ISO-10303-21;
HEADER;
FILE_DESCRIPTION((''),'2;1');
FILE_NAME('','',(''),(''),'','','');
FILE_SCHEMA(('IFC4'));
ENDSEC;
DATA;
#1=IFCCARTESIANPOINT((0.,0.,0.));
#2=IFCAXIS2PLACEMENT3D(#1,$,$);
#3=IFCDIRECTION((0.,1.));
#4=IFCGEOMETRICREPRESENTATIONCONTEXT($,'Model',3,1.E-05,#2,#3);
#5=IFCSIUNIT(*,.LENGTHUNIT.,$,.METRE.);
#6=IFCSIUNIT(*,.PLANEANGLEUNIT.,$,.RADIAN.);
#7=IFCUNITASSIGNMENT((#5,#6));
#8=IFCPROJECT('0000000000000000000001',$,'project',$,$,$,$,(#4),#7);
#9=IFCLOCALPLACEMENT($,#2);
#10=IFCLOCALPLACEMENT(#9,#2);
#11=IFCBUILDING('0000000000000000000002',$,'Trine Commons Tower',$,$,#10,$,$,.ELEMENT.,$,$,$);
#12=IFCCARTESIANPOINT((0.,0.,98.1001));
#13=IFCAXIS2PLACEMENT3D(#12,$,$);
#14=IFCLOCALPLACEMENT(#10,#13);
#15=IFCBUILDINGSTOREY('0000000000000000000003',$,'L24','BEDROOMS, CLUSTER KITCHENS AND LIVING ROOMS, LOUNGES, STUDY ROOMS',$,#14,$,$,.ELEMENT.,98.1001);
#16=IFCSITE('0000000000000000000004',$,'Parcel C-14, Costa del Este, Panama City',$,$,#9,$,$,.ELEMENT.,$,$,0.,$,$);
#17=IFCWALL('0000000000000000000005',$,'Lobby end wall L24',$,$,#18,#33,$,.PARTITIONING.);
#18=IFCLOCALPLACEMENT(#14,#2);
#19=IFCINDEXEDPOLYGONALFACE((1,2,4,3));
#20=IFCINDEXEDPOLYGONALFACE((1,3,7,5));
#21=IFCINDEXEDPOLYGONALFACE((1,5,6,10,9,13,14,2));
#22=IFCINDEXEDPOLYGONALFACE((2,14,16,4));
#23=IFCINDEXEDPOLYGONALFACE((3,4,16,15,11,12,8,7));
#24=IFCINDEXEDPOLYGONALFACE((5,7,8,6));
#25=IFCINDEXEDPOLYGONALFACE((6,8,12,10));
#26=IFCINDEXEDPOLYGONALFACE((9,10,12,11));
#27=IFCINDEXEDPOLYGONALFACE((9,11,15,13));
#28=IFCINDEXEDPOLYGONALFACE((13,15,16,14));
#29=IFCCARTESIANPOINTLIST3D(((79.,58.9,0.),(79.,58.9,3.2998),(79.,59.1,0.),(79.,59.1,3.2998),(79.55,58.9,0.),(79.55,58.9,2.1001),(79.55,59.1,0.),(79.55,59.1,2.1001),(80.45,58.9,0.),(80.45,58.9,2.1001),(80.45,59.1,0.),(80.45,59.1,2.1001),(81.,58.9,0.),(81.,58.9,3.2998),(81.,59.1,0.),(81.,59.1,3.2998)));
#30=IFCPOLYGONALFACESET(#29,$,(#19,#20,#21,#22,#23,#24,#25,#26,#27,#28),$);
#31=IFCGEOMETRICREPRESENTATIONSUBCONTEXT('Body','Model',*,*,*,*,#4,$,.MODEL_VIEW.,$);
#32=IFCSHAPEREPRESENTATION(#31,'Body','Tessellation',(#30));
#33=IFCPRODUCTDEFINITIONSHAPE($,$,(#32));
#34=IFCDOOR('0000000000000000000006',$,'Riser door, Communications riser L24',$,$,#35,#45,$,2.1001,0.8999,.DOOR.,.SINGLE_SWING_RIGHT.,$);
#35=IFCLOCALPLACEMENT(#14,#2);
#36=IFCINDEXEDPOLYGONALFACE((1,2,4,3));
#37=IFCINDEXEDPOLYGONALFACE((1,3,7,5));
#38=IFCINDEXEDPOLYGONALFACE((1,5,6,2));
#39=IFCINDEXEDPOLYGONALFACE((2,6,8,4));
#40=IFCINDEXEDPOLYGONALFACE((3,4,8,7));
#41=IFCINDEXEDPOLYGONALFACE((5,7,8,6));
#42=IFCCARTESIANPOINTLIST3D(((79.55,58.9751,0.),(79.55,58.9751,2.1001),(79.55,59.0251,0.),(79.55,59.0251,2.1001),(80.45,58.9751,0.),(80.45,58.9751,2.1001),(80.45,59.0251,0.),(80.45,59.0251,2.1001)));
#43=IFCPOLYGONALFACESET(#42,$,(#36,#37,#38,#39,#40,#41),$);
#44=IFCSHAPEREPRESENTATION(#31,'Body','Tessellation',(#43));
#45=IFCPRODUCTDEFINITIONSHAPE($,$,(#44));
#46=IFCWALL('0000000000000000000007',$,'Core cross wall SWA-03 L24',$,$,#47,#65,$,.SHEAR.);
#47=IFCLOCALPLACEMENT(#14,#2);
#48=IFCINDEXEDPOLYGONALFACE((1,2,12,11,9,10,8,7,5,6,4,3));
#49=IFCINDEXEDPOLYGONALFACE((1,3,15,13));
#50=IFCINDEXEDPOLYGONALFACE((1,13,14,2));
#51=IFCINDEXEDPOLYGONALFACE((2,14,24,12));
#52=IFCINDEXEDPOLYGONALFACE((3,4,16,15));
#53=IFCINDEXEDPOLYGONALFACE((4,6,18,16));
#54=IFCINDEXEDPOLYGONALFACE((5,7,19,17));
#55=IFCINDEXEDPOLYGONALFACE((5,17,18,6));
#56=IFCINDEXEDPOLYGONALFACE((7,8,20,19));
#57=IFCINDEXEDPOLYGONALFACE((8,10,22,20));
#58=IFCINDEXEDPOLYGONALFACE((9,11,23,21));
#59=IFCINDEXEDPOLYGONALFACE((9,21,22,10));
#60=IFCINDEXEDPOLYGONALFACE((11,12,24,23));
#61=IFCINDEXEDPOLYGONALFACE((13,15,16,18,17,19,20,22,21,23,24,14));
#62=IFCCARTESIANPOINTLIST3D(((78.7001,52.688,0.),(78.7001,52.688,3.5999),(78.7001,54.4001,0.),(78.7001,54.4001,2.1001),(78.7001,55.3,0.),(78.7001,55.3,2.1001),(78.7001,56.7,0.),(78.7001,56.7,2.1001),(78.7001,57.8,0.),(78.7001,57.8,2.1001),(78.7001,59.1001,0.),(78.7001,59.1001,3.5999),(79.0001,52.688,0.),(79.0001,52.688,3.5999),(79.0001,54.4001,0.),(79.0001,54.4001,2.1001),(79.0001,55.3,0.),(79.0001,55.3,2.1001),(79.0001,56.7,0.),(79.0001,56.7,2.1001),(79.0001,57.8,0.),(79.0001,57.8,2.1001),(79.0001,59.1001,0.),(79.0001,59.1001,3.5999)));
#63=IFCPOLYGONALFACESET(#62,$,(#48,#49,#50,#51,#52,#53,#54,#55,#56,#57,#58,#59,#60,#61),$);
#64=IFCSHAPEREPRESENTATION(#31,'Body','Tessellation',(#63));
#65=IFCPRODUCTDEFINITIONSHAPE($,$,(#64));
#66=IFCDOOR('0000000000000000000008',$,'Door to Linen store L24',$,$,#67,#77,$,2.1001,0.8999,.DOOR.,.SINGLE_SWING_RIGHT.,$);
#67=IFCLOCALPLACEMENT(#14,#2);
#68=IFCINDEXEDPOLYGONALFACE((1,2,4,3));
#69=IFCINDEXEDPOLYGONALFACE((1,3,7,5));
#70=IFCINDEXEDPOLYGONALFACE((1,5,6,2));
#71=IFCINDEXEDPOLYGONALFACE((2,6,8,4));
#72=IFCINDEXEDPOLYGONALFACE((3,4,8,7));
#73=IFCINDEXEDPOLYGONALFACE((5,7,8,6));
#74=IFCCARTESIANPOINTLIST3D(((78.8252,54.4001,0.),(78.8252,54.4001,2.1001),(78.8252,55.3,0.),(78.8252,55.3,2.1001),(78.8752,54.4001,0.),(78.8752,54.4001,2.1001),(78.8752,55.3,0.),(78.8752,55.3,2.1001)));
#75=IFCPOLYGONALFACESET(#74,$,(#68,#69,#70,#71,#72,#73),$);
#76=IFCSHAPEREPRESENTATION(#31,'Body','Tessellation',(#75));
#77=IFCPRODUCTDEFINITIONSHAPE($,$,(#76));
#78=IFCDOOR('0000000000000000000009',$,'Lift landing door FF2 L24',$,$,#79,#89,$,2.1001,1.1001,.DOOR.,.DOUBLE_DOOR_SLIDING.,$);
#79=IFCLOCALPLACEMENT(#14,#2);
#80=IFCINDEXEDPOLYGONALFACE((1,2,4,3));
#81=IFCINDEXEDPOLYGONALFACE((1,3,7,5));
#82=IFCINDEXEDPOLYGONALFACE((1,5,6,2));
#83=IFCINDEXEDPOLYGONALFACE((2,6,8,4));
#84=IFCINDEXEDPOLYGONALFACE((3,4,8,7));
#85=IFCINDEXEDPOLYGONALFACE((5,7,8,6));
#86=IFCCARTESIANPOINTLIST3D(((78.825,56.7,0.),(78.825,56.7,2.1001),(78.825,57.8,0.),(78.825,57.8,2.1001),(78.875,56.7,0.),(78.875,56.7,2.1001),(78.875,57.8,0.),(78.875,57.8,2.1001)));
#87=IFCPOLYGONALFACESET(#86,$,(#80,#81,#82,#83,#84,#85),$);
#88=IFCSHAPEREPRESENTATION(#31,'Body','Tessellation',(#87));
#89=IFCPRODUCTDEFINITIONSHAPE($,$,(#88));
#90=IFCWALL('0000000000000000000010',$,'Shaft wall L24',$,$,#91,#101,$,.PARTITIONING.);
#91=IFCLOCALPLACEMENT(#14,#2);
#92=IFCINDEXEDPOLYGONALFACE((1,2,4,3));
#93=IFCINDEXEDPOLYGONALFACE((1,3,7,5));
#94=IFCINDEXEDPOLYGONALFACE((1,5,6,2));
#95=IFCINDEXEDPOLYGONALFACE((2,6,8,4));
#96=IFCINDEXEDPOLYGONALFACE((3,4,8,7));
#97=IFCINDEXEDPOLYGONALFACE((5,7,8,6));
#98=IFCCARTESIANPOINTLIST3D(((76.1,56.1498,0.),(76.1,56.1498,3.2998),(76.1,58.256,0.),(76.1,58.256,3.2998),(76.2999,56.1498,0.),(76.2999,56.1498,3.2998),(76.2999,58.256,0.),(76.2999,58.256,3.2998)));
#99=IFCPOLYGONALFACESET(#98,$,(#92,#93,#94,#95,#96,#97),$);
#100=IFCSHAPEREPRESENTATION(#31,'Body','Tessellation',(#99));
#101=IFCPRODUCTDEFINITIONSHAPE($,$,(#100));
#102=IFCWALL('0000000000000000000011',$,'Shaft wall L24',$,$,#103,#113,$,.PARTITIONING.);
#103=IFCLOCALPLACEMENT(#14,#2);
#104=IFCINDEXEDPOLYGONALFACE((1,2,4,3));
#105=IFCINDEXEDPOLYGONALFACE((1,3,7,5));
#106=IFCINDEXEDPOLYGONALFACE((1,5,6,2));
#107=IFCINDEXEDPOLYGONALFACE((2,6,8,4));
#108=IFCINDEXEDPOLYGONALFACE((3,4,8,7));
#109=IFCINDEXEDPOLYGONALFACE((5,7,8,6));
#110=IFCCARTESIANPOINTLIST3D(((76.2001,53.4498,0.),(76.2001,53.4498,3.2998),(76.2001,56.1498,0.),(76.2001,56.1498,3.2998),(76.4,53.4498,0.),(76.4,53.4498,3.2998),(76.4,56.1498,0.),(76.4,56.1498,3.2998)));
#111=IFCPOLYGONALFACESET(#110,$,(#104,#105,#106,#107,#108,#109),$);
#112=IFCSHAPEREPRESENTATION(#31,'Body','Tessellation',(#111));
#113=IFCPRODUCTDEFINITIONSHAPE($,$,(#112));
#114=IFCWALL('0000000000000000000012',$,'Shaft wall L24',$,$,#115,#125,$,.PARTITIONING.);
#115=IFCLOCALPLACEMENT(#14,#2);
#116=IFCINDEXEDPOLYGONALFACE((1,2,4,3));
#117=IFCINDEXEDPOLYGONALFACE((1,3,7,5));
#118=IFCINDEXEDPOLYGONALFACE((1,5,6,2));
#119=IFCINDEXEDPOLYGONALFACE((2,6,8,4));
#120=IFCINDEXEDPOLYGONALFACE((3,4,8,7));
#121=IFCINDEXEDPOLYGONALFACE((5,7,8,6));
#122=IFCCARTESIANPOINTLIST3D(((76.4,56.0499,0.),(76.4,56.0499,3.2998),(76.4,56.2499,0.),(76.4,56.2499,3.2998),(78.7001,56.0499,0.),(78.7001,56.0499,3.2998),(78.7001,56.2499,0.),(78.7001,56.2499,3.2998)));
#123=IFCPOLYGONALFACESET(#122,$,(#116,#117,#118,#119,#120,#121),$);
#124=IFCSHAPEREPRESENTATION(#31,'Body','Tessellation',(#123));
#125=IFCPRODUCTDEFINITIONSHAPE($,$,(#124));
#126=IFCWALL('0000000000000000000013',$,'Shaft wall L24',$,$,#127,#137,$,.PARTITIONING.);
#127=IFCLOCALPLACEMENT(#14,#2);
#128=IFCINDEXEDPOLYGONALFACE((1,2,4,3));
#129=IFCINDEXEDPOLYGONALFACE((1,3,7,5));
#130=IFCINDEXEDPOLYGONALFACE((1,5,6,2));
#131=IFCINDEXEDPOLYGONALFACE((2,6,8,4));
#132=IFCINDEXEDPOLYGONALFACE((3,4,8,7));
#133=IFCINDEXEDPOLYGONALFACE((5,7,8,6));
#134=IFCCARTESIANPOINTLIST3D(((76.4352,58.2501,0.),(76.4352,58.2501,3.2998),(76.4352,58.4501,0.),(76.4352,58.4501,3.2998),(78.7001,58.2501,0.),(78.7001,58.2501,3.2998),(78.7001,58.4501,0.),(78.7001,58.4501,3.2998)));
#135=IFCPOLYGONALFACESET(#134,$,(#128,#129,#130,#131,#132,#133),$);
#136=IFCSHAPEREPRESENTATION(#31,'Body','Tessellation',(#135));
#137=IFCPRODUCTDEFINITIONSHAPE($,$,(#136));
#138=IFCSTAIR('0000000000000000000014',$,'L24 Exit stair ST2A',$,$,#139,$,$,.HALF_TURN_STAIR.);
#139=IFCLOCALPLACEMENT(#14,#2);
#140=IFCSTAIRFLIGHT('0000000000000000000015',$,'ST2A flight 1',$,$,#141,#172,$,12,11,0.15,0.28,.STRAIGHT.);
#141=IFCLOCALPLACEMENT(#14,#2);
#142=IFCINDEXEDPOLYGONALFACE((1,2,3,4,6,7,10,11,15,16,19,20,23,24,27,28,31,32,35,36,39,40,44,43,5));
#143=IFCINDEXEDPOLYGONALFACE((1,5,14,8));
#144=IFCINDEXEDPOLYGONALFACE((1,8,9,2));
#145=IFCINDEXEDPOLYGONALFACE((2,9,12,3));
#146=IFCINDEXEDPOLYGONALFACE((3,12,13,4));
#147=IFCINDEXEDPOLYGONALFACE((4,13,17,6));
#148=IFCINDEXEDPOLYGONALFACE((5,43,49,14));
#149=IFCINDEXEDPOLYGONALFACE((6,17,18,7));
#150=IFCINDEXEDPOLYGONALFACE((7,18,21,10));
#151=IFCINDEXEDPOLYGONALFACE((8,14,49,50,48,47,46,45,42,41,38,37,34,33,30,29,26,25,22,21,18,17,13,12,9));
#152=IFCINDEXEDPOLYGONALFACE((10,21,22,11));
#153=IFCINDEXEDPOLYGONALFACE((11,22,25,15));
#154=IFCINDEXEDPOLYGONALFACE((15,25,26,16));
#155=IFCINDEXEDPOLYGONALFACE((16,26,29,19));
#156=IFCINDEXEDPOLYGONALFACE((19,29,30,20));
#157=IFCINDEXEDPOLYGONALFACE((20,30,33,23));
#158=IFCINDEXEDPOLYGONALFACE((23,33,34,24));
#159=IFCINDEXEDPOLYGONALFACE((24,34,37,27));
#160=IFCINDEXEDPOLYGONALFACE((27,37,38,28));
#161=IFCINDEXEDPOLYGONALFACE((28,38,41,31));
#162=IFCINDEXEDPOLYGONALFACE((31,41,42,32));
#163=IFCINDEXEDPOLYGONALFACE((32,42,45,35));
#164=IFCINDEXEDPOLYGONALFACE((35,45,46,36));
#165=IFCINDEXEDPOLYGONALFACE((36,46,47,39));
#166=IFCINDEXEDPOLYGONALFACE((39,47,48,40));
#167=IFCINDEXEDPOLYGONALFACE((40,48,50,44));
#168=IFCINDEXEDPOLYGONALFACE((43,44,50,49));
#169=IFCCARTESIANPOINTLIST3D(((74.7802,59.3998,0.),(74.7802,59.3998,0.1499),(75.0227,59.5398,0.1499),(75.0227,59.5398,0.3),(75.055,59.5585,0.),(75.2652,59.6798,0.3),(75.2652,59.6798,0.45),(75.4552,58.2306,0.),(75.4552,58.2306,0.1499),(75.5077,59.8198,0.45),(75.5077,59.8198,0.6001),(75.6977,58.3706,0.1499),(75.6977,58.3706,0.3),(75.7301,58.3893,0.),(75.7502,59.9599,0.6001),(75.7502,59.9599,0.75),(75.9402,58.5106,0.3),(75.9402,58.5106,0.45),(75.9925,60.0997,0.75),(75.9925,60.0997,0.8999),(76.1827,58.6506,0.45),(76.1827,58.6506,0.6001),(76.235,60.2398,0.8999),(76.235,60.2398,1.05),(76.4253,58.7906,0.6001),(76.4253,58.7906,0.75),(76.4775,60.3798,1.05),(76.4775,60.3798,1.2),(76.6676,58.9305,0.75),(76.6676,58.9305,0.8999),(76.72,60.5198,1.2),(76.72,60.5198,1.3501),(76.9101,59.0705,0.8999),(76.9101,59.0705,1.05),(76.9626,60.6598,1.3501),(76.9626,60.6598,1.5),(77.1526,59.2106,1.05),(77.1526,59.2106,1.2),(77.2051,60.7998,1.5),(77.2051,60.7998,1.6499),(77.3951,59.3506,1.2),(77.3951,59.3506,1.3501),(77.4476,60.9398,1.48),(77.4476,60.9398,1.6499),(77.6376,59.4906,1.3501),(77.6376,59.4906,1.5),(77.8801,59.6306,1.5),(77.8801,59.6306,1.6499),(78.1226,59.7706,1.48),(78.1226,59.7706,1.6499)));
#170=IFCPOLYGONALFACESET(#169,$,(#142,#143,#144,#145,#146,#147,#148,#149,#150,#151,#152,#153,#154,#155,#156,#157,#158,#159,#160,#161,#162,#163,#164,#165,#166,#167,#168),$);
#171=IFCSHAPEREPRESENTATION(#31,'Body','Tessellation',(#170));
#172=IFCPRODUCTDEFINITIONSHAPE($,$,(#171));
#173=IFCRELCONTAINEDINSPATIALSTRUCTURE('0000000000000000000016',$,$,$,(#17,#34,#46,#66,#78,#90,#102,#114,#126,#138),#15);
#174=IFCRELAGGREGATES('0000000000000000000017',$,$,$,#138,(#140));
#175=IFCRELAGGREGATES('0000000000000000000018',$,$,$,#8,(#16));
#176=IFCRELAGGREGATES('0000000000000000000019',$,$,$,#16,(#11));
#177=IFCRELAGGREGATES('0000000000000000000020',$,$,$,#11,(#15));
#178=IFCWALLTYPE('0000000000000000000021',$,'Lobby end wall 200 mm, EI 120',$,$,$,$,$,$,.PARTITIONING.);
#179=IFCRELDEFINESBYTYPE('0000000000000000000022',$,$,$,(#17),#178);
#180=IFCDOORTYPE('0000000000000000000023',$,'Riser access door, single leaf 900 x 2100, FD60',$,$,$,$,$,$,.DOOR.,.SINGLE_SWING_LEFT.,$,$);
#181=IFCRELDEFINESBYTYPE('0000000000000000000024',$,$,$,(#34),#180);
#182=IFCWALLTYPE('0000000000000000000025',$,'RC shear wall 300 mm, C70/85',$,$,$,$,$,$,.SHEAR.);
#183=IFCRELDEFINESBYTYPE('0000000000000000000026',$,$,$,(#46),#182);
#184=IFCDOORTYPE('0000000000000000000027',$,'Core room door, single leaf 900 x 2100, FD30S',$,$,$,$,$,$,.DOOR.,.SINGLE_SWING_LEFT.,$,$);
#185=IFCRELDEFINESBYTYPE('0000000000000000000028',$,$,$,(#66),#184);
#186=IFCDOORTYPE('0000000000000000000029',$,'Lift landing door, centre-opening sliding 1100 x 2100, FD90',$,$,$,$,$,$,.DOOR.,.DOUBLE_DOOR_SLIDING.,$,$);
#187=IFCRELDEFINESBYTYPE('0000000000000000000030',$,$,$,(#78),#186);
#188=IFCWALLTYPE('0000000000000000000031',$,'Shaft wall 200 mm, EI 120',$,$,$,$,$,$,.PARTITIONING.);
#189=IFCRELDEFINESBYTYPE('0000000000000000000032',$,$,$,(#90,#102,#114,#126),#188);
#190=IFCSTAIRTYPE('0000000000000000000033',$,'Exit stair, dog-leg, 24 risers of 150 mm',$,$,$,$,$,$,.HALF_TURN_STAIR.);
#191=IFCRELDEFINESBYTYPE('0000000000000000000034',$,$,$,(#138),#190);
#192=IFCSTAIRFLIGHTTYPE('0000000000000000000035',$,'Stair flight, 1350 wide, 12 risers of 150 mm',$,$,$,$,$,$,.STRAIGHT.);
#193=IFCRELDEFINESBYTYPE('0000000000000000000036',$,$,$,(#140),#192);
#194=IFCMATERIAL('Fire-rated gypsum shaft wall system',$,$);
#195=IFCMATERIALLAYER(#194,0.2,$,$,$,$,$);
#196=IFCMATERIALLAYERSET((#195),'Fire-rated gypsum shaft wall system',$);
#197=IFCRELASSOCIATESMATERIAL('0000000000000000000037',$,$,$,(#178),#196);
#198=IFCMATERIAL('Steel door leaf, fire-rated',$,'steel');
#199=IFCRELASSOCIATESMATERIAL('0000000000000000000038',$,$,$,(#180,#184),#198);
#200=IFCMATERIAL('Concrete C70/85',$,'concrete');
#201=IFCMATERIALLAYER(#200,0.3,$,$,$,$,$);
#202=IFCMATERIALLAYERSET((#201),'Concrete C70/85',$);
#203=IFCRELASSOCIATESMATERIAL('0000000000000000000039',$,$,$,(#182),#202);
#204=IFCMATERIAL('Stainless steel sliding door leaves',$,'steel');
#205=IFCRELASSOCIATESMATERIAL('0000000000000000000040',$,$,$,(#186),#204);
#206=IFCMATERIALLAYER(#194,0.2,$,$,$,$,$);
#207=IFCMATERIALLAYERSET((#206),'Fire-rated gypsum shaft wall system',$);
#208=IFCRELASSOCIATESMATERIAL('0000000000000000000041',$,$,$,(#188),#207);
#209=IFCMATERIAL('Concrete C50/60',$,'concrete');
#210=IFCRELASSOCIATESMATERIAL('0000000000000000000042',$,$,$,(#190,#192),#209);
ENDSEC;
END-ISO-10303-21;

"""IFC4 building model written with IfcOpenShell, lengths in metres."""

from ifc_helpers import new_model, si_unit, direction, frame, frame_2d, origin, place, context, subcontext, project, spatial, polyline, rectangle, outline, extrude, material, layer, layer_set, type_object, element, fill, aggregate, save


model = new_model("IFC4")

# Units and contexts
model_context = context("Model", 3, precision=1e-05, world=origin(), true_north=direction((0.0, 1.0)))
body_context = subcontext(model_context, "Body", "Model", "MODEL_VIEW")
ifc_project = project(units=[si_unit("LENGTHUNIT", "METRE"), si_unit("PLANEANGLEUNIT", "RADIAN")], contexts=[model_context])

# Site, building, storey
site_placement = place(None, origin())
site = spatial("IfcSite", under=ifc_project, at=site_placement, Name="Parcel C-14, Costa del Este, Panama City", CompositionType="ELEMENT", RefElevation=0.0)
building_placement = place(site_placement, origin())
building = spatial("IfcBuilding", under=site, at=building_placement, Name="Trine Commons Tower", CompositionType="ELEMENT")
storey_placement = place(building_placement, frame((0.0, 0.0, 98.1001)))
storey = spatial("IfcBuildingStorey", under=building, at=storey_placement, Name="L24", Description="BEDROOMS, CLUSTER KITCHENS AND LIVING ROOMS, LOUNGES, STUDY ROOMS", CompositionType="ELEMENT", Elevation=98.1001)

# Wall, opening, door
ifc_material_1 = material(Name="Fire-rated gypsum shaft wall system")
ifc_layer_1 = layer(ifc_material_1, 0.2)
ifc_layer_set_1 = layer_set([ifc_layer_1], Name="Fire-rated gypsum shaft wall system")
wall_type_1 = type_object("IfcWallType", Name="Lobby end wall 200 mm, EI 120", PredefinedType="PARTITIONING", material=ifc_layer_set_1)
wall_1_placement = place(storey_placement, frame((79.0, 59.0, 0.0), z_axis=(0.0, 0.0, 1.0), x_axis=(1.0, 0.0, 0.0)))
wall_1 = element("IfcWall", 1, at=wall_1_placement, inside=storey, type_object=wall_type_1, Name="Lobby end wall L24", PredefinedType="PARTITIONING", context=body_context, shape_type="SweptSolid", body=[
    extrude(rectangle(XDim=2.0, YDim=0.2, at=frame_2d((1.0, 0.0))), origin(), (0.0, 0.0, 1.0), 3.2998),
])
opening_1_placement = place(wall_1_placement, frame((0.55, 0.0, 0.0)))
opening_1 = element("IfcOpeningElement", 2, at=opening_1_placement, cuts=wall_1, PredefinedType="OPENING", context=body_context, shape_type="SweptSolid", body=[
    extrude(rectangle(XDim=0.8999, YDim=2.1001, at=frame_2d((0.45, 1.05))), frame((0.0, 0.1099, 0.0), z_axis=(0.0, -1.0, 0.0), x_axis=(1.0, 0.0, 0.0)), (0.0, 0.0, 1.0), 0.22),
])
ifc_material_2 = material(Name="Steel door leaf, fire-rated", Category="steel")
door_type_1 = type_object("IfcDoorType", Name="Riser access door, single leaf 900 x 2100, FD60", OperationType="SINGLE_SWING_LEFT", PredefinedType="DOOR", material=ifc_material_2)
door_1_placement = place(opening_1_placement, frame((0.8999, 0.0, 0.0), z_axis=(0.0, 0.0, 1.0), x_axis=(-1.0, 0.0, 0.0)))
door_1 = element("IfcDoor", 3, at=door_1_placement, inside=storey, type_object=door_type_1, Name="Riser door, Communications riser L24", OperationType="SINGLE_SWING_RIGHT", OverallHeight=2.1001, OverallWidth=0.8999, PredefinedType="DOOR", context=body_context, shape_type="SweptSolid", body=[
    extrude(rectangle(XDim=0.8999, YDim=2.1001, at=frame_2d((0.45, 1.05))), frame((0.0, 0.0249, 0.0), z_axis=(0.0, -1.0, 0.0), x_axis=(1.0, 0.0, 0.0)), (0.0, 0.0, 1.0), 0.05),
])
fill(opening_1, door_1)

# Wall, openings, doors
ifc_material_3 = material(Name="Concrete C70/85", Category="concrete")
ifc_layer_2 = layer(ifc_material_3, 0.3)
ifc_layer_set_2 = layer_set([ifc_layer_2], Name="Concrete C70/85")
wall_type_2 = type_object("IfcWallType", Name="RC shear wall 300 mm, C70/85", PredefinedType="SHEAR", material=ifc_layer_set_2)
wall_2_placement = place(storey_placement, frame((78.8501, 59.1001, 0.0), z_axis=(0.0, 0.0, 1.0), x_axis=(0.0, -1.0, 0.0)))
wall_2 = element("IfcWall", 4, at=wall_2_placement, inside=storey, type_object=wall_type_2, Name="Core cross wall SWA-03 L24", PredefinedType="SHEAR", context=body_context, shape_type="SweptSolid", body=[
    extrude(rectangle(XDim=6.4121, YDim=0.3, at=frame_2d((3.2061, 0.0))), origin(), (0.0, 0.0, 1.0), 3.5999),
])
opening_2_placement = place(wall_2_placement, frame((3.8, 0.0, 0.0)))
opening_2 = element("IfcOpeningElement", 5, at=opening_2_placement, cuts=wall_2, PredefinedType="OPENING", context=body_context, shape_type="SweptSolid", body=[
    extrude(rectangle(XDim=0.8999, YDim=2.1001, at=frame_2d((0.45, 1.05))), frame((0.0, 0.1599, 0.0), z_axis=(0.0, -1.0, 0.0), x_axis=(1.0, 0.0, 0.0)), (0.0, 0.0, 1.0), 0.3201),
])
opening_3_placement = place(wall_2_placement, frame((1.3, 0.0, 0.0)))
opening_3 = element("IfcOpeningElement", 6, at=opening_3_placement, cuts=wall_2, PredefinedType="OPENING", context=body_context, shape_type="SweptSolid", body=[
    extrude(rectangle(XDim=1.1001, YDim=2.1001, at=frame_2d((0.55, 1.05))), frame((0.0, 0.1599, 0.0), z_axis=(0.0, -1.0, 0.0), x_axis=(1.0, 0.0, 0.0)), (0.0, 0.0, 1.0), 0.3201),
])
door_type_2 = type_object("IfcDoorType", Name="Core room door, single leaf 900 x 2100, FD30S", OperationType="SINGLE_SWING_LEFT", PredefinedType="DOOR", material=ifc_material_2)
door_2_placement = place(opening_2_placement, frame((0.8999, 0.0, 0.0), z_axis=(0.0, 0.0, 1.0), x_axis=(-1.0, 0.0, 0.0)))
door_2 = element("IfcDoor", 7, at=door_2_placement, inside=storey, type_object=door_type_2, Name="Door to Linen store L24", OperationType="SINGLE_SWING_RIGHT", OverallHeight=2.1001, OverallWidth=0.8999, PredefinedType="DOOR", context=body_context, shape_type="SweptSolid", body=[
    extrude(rectangle(XDim=0.8999, YDim=2.1001, at=frame_2d((0.45, 1.05))), frame((0.0, 0.0249, 0.0), z_axis=(0.0, -1.0, 0.0), x_axis=(1.0, 0.0, 0.0)), (0.0, 0.0, 1.0), 0.05),
])
fill(opening_2, door_2)
ifc_material_4 = material(Name="Stainless steel sliding door leaves", Category="steel")
door_type_3 = type_object("IfcDoorType", Name="Lift landing door, centre-opening sliding 1100 x 2100, FD90", OperationType="DOUBLE_DOOR_SLIDING", PredefinedType="DOOR", material=ifc_material_4)
door_3_placement = place(opening_3_placement, origin())
door_3 = element("IfcDoor", 8, at=door_3_placement, inside=storey, type_object=door_type_3, Name="Lift landing door FF2 L24", OperationType="DOUBLE_DOOR_SLIDING", OverallHeight=2.1001, OverallWidth=1.1001, PredefinedType="DOOR", context=body_context, shape_type="SweptSolid", body=[
    extrude(rectangle(XDim=1.1001, YDim=2.1001, at=frame_2d((0.55, 1.05))), frame((0.0, 0.0249, 0.0), z_axis=(0.0, -1.0, 0.0), x_axis=(1.0, 0.0, 0.0)), (0.0, 0.0, 1.0), 0.05),
])
fill(opening_3, door_3)

# Walls
ifc_layer_3 = layer(ifc_material_1, 0.2)
ifc_layer_set_3 = layer_set([ifc_layer_3], Name="Fire-rated gypsum shaft wall system")
wall_type_3 = type_object("IfcWallType", Name="Shaft wall 200 mm, EI 120", PredefinedType="PARTITIONING", material=ifc_layer_set_3)
wall_3_placement = place(storey_placement, frame((76.2, 58.2561, 0.0), z_axis=(0.0, 0.0, 1.0), x_axis=(0.0, -1.0, 0.0)))
element("IfcWall", 9, at=wall_3_placement, inside=storey, type_object=wall_type_3, Name="Shaft wall L24", PredefinedType="PARTITIONING", context=body_context, shape_type="SweptSolid", body=[
    extrude(rectangle(XDim=2.1062, YDim=0.2, at=frame_2d((1.0532, 0.0))), origin(), (0.0, 0.0, 1.0), 3.2998),
])
wall_4_placement = place(storey_placement, frame((76.3, 56.1499, 0.0), z_axis=(0.0, 0.0, 1.0), x_axis=(0.0, -1.0, 0.0)))
element("IfcWall", 10, at=wall_4_placement, inside=storey, type_object=wall_type_3, Name="Shaft wall L24", PredefinedType="PARTITIONING", context=body_context, shape_type="SweptSolid", body=[
    extrude(rectangle(XDim=2.7, YDim=0.2, at=frame_2d((1.3501, 0.0))), origin(), (0.0, 0.0, 1.0), 3.2998),
])
wall_5_placement = place(storey_placement, frame((78.7, 56.1499, 0.0), z_axis=(0.0, 0.0, 1.0), x_axis=(-1.0, 0.0, 0.0)))
element("IfcWall", 11, at=wall_5_placement, inside=storey, type_object=wall_type_3, Name="Shaft wall L24", PredefinedType="PARTITIONING", context=body_context, shape_type="SweptSolid", body=[
    extrude(rectangle(XDim=2.3, YDim=0.2, at=frame_2d((1.1499, 0.0))), origin(), (0.0, 0.0, 1.0), 3.2998),
])
wall_6_placement = place(storey_placement, frame((78.7, 58.3501, 0.0), z_axis=(0.0, 0.0, 1.0), x_axis=(-1.0, 0.0, 0.0)))
element("IfcWall", 12, at=wall_6_placement, inside=storey, type_object=wall_type_3, Name="Shaft wall L24", PredefinedType="PARTITIONING", context=body_context, shape_type="SweptSolid", body=[
    extrude(rectangle(XDim=2.2649, YDim=0.2, at=frame_2d((1.1323, 0.0))), origin(), (0.0, 0.0, 1.0), 3.2998),
])

# Stair, stair flight
ifc_material_5 = material(Name="Concrete C50/60", Category="concrete")
stair_type = type_object("IfcStairType", Name="Exit stair, dog-leg, 24 risers of 150 mm", PredefinedType="HALF_TURN_STAIR", material=ifc_material_5)
stair_placement = place(storey_placement, origin())
stair = element("IfcStair", 13, at=stair_placement, inside=storey, type_object=stair_type, Name="L24 Exit stair ST2A", PredefinedType="HALF_TURN_STAIR")
stair_flight_type = type_object("IfcStairFlightType", Name="Stair flight, 1350 wide, 12 risers of 150 mm", PredefinedType="STRAIGHT", material=ifc_material_5)
stair_flight_1_placement = place(storey_placement, frame((75.1177, 58.8152, 0.0), z_axis=(0.0, 0.0, 1.0), x_axis=(0.866025, 0.5, 0.0)))
stair_flight_1 = element("IfcStairFlight", 14, at=stair_flight_1_placement, type_object=stair_flight_type, Name="ST2A flight 1", NumberOfRisers=12, NumberOfTreads=11, PredefinedType="STRAIGHT", RiserHeight=0.15, TreadLength=0.28, context=body_context, shape_type="SweptSolid", body=[
    extrude(outline(polyline([(0.0, 0.0), (0.0, 0.1499), (0.28, 0.1499), (0.28, 0.3), (0.5601, 0.3), (0.5601, 0.45), (0.8401, 0.45), (0.8401, 0.6001), (1.1201, 0.6001), (1.1201, 0.75), (1.3999, 0.75), (1.3999, 0.8999), (1.6799, 0.8999), (1.6799, 1.05), (1.96, 1.05), (1.96, 1.2), (2.24, 1.2), (2.24, 1.3501), (2.52, 1.3501), (2.52, 1.5), (2.8, 1.5), (2.8, 1.6499), (3.0801, 1.6499), (3.0801, 1.8), (3.0801, 1.48), (0.3174, 0.0), (0.0, 0.0)])), frame((0.0, 0.675, 0.0), z_axis=(0.0, -1.0, 0.0), x_axis=(1.0, 0.0, 0.0)), (0.0, 0.0, 1.0), 1.3501),
])
aggregate(stair, [stair_flight_1])

save(model, "model.ifc")
